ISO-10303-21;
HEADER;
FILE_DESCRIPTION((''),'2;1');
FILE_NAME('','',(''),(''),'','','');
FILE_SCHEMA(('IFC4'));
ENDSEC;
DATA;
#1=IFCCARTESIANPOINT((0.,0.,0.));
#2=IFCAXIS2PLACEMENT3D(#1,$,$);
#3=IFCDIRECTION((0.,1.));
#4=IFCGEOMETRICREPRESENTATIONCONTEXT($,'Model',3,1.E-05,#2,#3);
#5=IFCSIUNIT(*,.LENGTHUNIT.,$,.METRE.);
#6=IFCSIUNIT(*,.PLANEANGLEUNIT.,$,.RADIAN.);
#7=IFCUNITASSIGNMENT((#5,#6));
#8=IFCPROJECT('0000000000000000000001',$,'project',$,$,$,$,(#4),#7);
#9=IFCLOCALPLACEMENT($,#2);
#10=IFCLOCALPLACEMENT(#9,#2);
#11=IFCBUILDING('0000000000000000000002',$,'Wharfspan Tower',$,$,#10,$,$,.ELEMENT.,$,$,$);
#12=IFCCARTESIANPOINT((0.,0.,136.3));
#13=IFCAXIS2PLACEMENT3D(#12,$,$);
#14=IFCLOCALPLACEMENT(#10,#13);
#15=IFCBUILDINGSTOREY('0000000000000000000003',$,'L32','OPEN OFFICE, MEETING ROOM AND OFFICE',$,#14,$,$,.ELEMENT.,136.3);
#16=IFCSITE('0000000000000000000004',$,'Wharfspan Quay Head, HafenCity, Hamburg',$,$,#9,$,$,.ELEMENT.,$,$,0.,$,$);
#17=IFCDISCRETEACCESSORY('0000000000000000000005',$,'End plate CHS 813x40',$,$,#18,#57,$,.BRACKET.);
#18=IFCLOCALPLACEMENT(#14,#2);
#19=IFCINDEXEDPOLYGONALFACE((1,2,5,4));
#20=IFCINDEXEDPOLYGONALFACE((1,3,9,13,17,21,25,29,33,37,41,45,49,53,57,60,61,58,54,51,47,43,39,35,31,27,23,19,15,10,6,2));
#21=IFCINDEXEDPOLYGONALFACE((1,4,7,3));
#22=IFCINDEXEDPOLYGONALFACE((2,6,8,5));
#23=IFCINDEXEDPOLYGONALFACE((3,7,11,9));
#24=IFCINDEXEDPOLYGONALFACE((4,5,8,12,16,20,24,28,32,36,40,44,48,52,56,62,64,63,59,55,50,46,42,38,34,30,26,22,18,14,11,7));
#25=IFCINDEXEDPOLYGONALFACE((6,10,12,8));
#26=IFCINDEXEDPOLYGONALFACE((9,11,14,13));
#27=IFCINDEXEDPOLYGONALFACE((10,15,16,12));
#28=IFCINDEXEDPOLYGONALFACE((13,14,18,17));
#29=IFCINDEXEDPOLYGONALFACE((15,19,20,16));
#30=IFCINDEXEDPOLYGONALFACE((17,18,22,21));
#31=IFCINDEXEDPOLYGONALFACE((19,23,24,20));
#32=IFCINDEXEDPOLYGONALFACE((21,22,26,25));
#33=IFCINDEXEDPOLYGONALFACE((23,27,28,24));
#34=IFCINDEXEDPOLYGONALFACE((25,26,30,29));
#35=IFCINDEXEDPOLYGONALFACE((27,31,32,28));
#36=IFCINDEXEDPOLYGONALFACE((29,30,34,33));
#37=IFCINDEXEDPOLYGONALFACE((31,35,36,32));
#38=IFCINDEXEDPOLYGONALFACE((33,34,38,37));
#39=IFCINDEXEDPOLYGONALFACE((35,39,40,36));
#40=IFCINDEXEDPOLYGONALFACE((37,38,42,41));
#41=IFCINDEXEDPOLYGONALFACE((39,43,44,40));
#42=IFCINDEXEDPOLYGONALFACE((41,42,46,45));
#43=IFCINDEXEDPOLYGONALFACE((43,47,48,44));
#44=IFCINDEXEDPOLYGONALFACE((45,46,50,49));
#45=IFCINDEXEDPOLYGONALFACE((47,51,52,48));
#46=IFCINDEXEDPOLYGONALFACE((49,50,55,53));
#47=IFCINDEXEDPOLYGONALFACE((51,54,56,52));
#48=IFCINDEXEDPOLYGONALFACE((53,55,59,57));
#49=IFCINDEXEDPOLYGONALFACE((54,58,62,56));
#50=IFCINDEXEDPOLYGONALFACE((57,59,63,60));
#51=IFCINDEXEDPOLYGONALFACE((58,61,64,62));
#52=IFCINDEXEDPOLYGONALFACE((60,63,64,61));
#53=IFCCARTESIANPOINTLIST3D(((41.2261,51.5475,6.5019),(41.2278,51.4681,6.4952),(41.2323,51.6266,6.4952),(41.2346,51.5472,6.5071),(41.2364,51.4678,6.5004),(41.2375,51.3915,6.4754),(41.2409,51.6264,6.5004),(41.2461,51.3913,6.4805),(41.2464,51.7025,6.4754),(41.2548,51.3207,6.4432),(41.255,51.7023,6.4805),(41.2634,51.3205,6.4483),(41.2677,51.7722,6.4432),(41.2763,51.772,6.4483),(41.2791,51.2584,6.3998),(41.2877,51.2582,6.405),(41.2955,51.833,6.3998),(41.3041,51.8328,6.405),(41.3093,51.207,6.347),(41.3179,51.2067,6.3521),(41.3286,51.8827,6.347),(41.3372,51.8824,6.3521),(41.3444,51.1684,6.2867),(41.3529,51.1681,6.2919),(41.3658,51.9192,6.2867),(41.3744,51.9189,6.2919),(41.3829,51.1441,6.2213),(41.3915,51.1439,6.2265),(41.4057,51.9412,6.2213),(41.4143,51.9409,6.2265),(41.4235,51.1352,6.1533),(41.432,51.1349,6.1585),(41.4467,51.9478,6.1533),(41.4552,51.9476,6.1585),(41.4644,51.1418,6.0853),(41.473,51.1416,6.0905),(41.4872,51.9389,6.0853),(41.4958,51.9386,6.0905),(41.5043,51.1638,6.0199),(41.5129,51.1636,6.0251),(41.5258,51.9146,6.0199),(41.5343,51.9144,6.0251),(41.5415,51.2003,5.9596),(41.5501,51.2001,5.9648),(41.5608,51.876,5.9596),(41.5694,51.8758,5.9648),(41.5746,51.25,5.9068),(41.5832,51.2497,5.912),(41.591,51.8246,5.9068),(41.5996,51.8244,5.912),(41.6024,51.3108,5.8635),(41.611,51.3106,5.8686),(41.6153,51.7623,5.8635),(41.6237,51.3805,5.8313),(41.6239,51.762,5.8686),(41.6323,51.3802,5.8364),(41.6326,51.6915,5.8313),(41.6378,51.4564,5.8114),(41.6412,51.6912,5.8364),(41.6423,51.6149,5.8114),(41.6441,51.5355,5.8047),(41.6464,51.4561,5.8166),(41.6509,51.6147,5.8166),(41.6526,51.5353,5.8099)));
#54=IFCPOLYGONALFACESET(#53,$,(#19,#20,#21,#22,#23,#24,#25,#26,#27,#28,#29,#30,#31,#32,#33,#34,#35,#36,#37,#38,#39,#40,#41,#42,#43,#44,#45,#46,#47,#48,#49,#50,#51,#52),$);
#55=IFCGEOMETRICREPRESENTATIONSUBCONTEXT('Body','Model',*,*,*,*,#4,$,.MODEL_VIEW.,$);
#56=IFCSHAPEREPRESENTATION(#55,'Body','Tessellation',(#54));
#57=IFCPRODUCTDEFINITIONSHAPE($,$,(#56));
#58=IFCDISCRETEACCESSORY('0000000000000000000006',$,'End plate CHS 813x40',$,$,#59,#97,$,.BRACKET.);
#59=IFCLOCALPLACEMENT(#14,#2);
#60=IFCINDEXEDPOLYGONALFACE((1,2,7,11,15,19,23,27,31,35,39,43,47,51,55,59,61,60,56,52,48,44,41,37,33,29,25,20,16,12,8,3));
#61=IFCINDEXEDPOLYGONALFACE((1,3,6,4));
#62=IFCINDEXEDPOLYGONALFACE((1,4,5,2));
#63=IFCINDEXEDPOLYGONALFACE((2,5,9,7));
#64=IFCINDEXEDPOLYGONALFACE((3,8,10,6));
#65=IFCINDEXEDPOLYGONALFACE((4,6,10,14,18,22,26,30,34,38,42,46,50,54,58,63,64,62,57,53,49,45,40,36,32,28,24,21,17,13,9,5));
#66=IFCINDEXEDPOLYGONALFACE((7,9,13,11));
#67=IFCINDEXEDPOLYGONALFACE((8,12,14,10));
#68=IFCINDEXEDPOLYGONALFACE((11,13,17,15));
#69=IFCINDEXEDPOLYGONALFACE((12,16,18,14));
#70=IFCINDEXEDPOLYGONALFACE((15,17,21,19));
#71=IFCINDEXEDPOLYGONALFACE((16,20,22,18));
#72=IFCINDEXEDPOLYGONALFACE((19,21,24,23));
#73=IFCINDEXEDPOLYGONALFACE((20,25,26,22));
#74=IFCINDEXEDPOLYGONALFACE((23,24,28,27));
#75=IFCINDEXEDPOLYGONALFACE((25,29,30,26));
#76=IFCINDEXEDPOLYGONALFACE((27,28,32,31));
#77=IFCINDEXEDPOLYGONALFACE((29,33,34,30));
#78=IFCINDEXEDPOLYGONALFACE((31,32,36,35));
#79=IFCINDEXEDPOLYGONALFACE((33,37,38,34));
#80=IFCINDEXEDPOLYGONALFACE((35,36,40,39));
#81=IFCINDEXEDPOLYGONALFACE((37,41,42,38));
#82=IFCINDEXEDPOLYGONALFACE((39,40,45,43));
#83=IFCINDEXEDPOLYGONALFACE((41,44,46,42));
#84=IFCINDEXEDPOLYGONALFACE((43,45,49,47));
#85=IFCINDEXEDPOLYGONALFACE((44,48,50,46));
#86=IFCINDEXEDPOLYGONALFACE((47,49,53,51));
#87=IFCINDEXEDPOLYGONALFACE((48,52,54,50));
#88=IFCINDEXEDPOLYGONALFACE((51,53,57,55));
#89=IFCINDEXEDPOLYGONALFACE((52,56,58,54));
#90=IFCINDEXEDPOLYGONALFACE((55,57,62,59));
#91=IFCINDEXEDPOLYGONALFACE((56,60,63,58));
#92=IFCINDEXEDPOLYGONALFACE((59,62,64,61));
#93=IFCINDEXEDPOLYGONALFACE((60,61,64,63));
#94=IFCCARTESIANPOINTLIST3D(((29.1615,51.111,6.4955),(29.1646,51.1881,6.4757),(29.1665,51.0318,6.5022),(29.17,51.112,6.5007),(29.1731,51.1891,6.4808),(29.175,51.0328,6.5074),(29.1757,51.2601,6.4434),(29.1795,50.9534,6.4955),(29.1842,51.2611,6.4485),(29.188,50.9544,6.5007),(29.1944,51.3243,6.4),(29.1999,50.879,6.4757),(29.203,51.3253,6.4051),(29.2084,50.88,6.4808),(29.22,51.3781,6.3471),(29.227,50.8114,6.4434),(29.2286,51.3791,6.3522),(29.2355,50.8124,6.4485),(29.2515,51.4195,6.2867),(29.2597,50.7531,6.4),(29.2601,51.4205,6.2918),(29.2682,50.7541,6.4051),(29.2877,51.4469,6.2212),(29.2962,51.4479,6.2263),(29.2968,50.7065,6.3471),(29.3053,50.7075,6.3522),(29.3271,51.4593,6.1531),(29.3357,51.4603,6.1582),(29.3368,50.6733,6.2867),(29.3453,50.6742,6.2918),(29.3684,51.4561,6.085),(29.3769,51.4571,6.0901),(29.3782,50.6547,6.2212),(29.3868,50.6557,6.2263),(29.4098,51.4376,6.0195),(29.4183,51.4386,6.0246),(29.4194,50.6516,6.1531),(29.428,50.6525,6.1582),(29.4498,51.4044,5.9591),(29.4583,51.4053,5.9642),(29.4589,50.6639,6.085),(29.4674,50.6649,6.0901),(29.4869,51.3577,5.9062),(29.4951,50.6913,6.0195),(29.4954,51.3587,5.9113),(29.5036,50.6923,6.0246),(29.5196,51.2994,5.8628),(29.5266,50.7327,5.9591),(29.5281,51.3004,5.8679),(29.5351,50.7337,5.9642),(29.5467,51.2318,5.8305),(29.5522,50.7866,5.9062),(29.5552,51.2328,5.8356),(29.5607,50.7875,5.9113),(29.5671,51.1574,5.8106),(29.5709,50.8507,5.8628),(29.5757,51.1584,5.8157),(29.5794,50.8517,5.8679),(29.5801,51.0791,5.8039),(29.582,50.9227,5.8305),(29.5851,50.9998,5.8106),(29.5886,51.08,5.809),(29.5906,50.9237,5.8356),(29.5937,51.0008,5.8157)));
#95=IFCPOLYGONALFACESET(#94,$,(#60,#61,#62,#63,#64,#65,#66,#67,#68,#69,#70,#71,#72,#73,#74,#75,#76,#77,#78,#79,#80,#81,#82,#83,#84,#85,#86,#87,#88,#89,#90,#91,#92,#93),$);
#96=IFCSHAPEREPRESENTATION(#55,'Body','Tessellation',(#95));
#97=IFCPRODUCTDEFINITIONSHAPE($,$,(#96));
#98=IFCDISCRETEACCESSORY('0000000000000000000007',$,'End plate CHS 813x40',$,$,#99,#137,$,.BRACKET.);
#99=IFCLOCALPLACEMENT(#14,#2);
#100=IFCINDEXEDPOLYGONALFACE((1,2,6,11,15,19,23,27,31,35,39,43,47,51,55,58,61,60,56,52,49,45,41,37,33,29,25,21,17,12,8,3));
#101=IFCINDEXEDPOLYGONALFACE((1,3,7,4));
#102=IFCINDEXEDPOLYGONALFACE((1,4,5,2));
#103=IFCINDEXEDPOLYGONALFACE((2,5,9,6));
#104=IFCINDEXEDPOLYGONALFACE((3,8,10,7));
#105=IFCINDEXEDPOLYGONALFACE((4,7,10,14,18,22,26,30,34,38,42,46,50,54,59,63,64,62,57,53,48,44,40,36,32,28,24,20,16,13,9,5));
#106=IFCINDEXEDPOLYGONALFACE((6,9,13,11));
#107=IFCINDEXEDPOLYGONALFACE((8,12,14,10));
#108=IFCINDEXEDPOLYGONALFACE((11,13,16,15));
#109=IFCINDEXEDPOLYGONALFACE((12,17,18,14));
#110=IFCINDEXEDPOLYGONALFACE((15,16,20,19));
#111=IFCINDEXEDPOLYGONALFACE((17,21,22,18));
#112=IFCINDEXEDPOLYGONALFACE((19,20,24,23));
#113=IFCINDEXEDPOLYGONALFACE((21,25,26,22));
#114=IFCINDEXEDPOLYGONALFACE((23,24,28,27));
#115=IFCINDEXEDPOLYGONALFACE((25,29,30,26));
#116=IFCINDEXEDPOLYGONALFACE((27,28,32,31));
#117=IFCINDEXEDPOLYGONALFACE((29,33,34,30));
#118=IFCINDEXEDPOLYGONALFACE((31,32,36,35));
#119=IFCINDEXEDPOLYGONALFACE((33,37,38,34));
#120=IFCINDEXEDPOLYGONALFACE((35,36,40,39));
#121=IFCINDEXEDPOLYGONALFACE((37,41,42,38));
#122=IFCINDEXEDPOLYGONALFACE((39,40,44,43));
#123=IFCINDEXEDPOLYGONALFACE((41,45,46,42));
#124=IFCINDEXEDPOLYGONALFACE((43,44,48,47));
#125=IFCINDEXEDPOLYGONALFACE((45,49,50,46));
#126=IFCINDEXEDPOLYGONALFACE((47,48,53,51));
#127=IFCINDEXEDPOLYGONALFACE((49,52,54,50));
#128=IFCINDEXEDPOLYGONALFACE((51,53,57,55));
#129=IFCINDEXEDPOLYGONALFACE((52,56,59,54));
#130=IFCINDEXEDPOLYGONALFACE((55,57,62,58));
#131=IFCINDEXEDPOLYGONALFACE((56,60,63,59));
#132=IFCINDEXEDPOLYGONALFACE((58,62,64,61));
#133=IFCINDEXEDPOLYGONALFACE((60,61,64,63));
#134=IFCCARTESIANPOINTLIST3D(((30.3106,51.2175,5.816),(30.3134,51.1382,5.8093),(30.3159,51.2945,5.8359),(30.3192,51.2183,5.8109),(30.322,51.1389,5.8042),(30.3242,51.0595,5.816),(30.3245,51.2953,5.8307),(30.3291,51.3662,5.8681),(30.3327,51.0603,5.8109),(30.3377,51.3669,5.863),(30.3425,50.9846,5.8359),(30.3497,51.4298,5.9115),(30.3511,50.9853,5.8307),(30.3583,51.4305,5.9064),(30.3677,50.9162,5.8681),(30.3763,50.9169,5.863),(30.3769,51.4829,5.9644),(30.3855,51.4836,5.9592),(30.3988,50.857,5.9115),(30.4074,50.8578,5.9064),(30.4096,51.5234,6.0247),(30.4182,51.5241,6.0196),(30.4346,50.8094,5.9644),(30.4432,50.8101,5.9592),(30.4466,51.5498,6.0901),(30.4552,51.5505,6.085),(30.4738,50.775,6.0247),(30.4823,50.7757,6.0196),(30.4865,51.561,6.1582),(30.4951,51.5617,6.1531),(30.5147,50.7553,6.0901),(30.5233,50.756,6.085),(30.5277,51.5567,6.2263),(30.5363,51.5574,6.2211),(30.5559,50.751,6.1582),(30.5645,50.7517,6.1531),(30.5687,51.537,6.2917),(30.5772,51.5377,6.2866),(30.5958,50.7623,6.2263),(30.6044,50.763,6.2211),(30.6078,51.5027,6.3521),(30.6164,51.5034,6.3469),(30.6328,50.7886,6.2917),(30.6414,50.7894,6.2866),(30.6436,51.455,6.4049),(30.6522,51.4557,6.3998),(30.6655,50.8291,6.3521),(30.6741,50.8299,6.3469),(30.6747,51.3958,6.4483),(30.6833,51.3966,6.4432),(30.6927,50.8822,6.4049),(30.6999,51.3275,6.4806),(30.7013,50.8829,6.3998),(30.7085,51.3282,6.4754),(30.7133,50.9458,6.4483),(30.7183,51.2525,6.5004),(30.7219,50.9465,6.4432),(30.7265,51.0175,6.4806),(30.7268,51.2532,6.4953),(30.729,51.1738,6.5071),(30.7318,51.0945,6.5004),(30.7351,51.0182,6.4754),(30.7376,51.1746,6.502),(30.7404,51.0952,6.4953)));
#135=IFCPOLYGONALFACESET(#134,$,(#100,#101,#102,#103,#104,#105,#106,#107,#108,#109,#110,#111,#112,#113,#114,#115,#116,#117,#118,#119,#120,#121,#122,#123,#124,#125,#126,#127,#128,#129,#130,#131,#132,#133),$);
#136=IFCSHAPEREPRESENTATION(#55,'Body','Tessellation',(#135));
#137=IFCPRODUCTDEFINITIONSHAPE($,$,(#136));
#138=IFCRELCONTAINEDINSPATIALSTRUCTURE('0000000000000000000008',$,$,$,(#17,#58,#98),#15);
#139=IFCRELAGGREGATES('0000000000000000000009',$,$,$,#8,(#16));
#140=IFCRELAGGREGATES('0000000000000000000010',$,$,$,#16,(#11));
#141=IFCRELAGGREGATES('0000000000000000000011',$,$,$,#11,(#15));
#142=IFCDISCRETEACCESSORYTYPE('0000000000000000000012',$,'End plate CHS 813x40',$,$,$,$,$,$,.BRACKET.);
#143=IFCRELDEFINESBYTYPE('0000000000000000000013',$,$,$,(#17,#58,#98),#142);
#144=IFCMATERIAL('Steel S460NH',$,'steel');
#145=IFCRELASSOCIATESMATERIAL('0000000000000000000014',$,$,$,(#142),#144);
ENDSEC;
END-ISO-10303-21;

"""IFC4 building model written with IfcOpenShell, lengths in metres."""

from ifc_helpers import new_model, si_unit, direction, frame, origin, origin_2d, place, context, subcontext, project, spatial, circle, extrude, material, material_profile, profile_set, type_object, element, save


model = new_model("IFC4")

# Units and contexts
model_context = context("Model", 3, precision=1e-05, world=origin(), true_north=direction((0.0, 1.0)))
body_context = subcontext(model_context, "Body", "Model", "MODEL_VIEW")
ifc_project = project(units=[si_unit("LENGTHUNIT", "METRE"), si_unit("PLANEANGLEUNIT", "RADIAN")], contexts=[model_context])

# Site, building, storey
site_placement = place(None, origin())
site = spatial("IfcSite", under=ifc_project, at=site_placement, Name="Wharfspan Quay Head, HafenCity, Hamburg", CompositionType="ELEMENT", RefElevation=0.0)
building_placement = place(site_placement, origin())
building = spatial("IfcBuilding", under=site, at=building_placement, Name="Wharfspan Tower", CompositionType="ELEMENT")
storey_placement = place(building_placement, frame((0.0, 0.0, 136.3)))
storey = spatial("IfcBuildingStorey", under=building, at=storey_placement, Name="L32", Description="OPEN OFFICE, MEETING ROOM AND OFFICE", CompositionType="ELEMENT", Elevation=136.3)

# Shared definitions
ifc_material_1 = material(Name="Steel S460NH", Category="steel")

# Discrete accessories
ifc_material_profile_1 = material_profile(ifc_material_1, circle(Radius=0.4065, at=origin_2d()))
ifc_profile_set_1 = profile_set([ifc_material_profile_1], Name="Steel S460NH")
discrete_accessory_type = type_object("IfcDiscreteAccessoryType", Name="End plate CHS 813x40", PredefinedType="BRACKET", material=ifc_profile_set_1)
for number, where, z_axis, x_axis, name in (
    (1, (41.4351, 51.5415, 6.1533), (0.857236, -0.024492, 0.514341), (0.028558, 0.999591, 0.000002), "End plate CHS 813x40"),
    (2, (29.3733, 51.0554, 6.1531), (0.853405, 0.097532, 0.512043), (-0.113547, 0.993531, 0.000001), "End plate CHS 813x40"),
    (3, (30.5298, 51.1567, 6.1531), (-0.855186, -0.073302, 0.513112), (0.085402, -0.996345, 0.000001), "End plate CHS 813x40"),
):
    element("IfcDiscreteAccessory", number, at=place(storey_placement, frame(where, z_axis=z_axis, x_axis=x_axis)), inside=storey, type_object=discrete_accessory_type, Name=name, PredefinedType="BRACKET", context=body_context, shape_type="SweptSolid", body=[
        extrude(circle(Radius=0.4065, at=origin_2d()), origin(), (0.0, 0.0, 1.0), 0.01),
    ])

save(model, "model.ifc")
